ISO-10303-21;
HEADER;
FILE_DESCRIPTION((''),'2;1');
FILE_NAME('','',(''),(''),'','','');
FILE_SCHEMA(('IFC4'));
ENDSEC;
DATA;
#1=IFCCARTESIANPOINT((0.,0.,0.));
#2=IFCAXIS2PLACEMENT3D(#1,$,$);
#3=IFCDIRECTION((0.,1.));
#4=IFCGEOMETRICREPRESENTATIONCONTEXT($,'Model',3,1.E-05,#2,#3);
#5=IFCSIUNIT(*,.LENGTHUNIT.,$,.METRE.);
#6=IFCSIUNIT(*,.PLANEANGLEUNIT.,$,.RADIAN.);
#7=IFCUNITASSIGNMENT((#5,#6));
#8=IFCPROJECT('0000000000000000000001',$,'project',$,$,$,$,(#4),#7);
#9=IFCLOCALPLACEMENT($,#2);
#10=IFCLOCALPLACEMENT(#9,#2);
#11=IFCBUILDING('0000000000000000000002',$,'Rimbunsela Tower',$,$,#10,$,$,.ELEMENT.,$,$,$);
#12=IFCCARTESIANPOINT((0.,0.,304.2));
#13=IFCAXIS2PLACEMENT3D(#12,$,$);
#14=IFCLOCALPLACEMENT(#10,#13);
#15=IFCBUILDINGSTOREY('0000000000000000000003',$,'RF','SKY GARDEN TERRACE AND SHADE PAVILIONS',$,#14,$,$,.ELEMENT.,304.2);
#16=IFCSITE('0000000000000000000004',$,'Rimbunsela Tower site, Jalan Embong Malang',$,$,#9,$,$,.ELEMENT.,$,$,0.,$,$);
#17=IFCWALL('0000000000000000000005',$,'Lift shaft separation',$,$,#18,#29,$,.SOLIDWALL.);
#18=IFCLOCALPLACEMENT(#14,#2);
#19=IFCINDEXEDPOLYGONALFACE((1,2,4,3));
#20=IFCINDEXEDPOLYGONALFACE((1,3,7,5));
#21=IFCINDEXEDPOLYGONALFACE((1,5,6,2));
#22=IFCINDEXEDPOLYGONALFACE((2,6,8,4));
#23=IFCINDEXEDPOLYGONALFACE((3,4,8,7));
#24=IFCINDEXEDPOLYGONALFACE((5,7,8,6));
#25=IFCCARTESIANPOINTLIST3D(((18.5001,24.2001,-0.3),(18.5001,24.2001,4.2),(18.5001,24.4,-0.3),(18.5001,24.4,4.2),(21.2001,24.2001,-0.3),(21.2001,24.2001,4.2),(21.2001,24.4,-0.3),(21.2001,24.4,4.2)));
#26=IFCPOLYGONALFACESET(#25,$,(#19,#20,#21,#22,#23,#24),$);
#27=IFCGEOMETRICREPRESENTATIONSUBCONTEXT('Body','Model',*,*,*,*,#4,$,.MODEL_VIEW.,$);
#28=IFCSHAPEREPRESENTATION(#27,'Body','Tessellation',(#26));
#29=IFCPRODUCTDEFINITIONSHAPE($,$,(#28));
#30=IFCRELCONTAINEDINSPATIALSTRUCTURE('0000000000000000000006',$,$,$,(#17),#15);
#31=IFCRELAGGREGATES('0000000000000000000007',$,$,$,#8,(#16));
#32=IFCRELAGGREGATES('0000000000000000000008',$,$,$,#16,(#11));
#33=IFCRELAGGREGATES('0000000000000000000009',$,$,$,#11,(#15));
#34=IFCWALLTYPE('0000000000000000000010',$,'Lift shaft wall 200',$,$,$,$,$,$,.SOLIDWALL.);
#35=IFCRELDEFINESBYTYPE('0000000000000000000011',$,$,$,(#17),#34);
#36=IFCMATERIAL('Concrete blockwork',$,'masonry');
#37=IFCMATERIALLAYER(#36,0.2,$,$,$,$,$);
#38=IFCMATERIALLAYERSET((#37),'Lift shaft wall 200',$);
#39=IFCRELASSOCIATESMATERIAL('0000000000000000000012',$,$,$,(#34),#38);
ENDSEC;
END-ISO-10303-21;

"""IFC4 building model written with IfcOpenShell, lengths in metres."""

from ifc_helpers import new_model, si_unit, direction, frame, frame_2d, origin, place, context, subcontext, project, spatial, rectangle, extrude, material, layer, layer_set, type_object, element, save


model = new_model("IFC4")

# Units and contexts
model_context = context("Model", 3, precision=1e-05, world=origin(), true_north=direction((0.0, 1.0)))
body_context = subcontext(model_context, "Body", "Model", "MODEL_VIEW")
ifc_project = project(units=[si_unit("LENGTHUNIT", "METRE"), si_unit("PLANEANGLEUNIT", "RADIAN")], contexts=[model_context])

# Site, building, storey
site_placement = place(None, origin())
site = spatial("IfcSite", under=ifc_project, at=site_placement, Name="Rimbunsela Tower site, Jalan Embong Malang", CompositionType="ELEMENT", RefElevation=0.0)
building_placement = place(site_placement, origin())
building = spatial("IfcBuilding", under=site, at=building_placement, Name="Rimbunsela Tower", CompositionType="ELEMENT")
storey_placement = place(building_placement, frame((0.0, 0.0, 304.2)))
storey = spatial("IfcBuildingStorey", under=building, at=storey_placement, Name="RF", Description="SKY GARDEN TERRACE AND SHADE PAVILIONS", CompositionType="ELEMENT", Elevation=304.2)

# Wall
ifc_material_1 = material(Name="Concrete blockwork", Category="masonry")
ifc_layer_1 = layer(ifc_material_1, 0.2)
ifc_layer_set_1 = layer_set([ifc_layer_1], Name="Lift shaft wall 200")
wall_type_1 = type_object("IfcWallType", Name="Lift shaft wall 200", PredefinedType="SOLIDWALL", material=ifc_layer_set_1)
for number, where, z_axis, x_axis, name in (
    (1, (18.5, 24.3, -0.3), (0.0, 0.0, 1.0), (1.0, 0.0, 0.0), "Lift shaft separation"),
):
    element("IfcWall", number, at=place(storey_placement, frame(where, z_axis=z_axis, x_axis=x_axis)), inside=storey, type_object=wall_type_1, Name=name, PredefinedType="SOLIDWALL", context=body_context, shape_type="SweptSolid", body=[
        extrude(rectangle(XDim=2.7, YDim=0.2, at=frame_2d((1.3501, 0.0))), origin(), (0.0, 0.0, 1.0), 4.5),
    ])

save(model, "model.ifc")
